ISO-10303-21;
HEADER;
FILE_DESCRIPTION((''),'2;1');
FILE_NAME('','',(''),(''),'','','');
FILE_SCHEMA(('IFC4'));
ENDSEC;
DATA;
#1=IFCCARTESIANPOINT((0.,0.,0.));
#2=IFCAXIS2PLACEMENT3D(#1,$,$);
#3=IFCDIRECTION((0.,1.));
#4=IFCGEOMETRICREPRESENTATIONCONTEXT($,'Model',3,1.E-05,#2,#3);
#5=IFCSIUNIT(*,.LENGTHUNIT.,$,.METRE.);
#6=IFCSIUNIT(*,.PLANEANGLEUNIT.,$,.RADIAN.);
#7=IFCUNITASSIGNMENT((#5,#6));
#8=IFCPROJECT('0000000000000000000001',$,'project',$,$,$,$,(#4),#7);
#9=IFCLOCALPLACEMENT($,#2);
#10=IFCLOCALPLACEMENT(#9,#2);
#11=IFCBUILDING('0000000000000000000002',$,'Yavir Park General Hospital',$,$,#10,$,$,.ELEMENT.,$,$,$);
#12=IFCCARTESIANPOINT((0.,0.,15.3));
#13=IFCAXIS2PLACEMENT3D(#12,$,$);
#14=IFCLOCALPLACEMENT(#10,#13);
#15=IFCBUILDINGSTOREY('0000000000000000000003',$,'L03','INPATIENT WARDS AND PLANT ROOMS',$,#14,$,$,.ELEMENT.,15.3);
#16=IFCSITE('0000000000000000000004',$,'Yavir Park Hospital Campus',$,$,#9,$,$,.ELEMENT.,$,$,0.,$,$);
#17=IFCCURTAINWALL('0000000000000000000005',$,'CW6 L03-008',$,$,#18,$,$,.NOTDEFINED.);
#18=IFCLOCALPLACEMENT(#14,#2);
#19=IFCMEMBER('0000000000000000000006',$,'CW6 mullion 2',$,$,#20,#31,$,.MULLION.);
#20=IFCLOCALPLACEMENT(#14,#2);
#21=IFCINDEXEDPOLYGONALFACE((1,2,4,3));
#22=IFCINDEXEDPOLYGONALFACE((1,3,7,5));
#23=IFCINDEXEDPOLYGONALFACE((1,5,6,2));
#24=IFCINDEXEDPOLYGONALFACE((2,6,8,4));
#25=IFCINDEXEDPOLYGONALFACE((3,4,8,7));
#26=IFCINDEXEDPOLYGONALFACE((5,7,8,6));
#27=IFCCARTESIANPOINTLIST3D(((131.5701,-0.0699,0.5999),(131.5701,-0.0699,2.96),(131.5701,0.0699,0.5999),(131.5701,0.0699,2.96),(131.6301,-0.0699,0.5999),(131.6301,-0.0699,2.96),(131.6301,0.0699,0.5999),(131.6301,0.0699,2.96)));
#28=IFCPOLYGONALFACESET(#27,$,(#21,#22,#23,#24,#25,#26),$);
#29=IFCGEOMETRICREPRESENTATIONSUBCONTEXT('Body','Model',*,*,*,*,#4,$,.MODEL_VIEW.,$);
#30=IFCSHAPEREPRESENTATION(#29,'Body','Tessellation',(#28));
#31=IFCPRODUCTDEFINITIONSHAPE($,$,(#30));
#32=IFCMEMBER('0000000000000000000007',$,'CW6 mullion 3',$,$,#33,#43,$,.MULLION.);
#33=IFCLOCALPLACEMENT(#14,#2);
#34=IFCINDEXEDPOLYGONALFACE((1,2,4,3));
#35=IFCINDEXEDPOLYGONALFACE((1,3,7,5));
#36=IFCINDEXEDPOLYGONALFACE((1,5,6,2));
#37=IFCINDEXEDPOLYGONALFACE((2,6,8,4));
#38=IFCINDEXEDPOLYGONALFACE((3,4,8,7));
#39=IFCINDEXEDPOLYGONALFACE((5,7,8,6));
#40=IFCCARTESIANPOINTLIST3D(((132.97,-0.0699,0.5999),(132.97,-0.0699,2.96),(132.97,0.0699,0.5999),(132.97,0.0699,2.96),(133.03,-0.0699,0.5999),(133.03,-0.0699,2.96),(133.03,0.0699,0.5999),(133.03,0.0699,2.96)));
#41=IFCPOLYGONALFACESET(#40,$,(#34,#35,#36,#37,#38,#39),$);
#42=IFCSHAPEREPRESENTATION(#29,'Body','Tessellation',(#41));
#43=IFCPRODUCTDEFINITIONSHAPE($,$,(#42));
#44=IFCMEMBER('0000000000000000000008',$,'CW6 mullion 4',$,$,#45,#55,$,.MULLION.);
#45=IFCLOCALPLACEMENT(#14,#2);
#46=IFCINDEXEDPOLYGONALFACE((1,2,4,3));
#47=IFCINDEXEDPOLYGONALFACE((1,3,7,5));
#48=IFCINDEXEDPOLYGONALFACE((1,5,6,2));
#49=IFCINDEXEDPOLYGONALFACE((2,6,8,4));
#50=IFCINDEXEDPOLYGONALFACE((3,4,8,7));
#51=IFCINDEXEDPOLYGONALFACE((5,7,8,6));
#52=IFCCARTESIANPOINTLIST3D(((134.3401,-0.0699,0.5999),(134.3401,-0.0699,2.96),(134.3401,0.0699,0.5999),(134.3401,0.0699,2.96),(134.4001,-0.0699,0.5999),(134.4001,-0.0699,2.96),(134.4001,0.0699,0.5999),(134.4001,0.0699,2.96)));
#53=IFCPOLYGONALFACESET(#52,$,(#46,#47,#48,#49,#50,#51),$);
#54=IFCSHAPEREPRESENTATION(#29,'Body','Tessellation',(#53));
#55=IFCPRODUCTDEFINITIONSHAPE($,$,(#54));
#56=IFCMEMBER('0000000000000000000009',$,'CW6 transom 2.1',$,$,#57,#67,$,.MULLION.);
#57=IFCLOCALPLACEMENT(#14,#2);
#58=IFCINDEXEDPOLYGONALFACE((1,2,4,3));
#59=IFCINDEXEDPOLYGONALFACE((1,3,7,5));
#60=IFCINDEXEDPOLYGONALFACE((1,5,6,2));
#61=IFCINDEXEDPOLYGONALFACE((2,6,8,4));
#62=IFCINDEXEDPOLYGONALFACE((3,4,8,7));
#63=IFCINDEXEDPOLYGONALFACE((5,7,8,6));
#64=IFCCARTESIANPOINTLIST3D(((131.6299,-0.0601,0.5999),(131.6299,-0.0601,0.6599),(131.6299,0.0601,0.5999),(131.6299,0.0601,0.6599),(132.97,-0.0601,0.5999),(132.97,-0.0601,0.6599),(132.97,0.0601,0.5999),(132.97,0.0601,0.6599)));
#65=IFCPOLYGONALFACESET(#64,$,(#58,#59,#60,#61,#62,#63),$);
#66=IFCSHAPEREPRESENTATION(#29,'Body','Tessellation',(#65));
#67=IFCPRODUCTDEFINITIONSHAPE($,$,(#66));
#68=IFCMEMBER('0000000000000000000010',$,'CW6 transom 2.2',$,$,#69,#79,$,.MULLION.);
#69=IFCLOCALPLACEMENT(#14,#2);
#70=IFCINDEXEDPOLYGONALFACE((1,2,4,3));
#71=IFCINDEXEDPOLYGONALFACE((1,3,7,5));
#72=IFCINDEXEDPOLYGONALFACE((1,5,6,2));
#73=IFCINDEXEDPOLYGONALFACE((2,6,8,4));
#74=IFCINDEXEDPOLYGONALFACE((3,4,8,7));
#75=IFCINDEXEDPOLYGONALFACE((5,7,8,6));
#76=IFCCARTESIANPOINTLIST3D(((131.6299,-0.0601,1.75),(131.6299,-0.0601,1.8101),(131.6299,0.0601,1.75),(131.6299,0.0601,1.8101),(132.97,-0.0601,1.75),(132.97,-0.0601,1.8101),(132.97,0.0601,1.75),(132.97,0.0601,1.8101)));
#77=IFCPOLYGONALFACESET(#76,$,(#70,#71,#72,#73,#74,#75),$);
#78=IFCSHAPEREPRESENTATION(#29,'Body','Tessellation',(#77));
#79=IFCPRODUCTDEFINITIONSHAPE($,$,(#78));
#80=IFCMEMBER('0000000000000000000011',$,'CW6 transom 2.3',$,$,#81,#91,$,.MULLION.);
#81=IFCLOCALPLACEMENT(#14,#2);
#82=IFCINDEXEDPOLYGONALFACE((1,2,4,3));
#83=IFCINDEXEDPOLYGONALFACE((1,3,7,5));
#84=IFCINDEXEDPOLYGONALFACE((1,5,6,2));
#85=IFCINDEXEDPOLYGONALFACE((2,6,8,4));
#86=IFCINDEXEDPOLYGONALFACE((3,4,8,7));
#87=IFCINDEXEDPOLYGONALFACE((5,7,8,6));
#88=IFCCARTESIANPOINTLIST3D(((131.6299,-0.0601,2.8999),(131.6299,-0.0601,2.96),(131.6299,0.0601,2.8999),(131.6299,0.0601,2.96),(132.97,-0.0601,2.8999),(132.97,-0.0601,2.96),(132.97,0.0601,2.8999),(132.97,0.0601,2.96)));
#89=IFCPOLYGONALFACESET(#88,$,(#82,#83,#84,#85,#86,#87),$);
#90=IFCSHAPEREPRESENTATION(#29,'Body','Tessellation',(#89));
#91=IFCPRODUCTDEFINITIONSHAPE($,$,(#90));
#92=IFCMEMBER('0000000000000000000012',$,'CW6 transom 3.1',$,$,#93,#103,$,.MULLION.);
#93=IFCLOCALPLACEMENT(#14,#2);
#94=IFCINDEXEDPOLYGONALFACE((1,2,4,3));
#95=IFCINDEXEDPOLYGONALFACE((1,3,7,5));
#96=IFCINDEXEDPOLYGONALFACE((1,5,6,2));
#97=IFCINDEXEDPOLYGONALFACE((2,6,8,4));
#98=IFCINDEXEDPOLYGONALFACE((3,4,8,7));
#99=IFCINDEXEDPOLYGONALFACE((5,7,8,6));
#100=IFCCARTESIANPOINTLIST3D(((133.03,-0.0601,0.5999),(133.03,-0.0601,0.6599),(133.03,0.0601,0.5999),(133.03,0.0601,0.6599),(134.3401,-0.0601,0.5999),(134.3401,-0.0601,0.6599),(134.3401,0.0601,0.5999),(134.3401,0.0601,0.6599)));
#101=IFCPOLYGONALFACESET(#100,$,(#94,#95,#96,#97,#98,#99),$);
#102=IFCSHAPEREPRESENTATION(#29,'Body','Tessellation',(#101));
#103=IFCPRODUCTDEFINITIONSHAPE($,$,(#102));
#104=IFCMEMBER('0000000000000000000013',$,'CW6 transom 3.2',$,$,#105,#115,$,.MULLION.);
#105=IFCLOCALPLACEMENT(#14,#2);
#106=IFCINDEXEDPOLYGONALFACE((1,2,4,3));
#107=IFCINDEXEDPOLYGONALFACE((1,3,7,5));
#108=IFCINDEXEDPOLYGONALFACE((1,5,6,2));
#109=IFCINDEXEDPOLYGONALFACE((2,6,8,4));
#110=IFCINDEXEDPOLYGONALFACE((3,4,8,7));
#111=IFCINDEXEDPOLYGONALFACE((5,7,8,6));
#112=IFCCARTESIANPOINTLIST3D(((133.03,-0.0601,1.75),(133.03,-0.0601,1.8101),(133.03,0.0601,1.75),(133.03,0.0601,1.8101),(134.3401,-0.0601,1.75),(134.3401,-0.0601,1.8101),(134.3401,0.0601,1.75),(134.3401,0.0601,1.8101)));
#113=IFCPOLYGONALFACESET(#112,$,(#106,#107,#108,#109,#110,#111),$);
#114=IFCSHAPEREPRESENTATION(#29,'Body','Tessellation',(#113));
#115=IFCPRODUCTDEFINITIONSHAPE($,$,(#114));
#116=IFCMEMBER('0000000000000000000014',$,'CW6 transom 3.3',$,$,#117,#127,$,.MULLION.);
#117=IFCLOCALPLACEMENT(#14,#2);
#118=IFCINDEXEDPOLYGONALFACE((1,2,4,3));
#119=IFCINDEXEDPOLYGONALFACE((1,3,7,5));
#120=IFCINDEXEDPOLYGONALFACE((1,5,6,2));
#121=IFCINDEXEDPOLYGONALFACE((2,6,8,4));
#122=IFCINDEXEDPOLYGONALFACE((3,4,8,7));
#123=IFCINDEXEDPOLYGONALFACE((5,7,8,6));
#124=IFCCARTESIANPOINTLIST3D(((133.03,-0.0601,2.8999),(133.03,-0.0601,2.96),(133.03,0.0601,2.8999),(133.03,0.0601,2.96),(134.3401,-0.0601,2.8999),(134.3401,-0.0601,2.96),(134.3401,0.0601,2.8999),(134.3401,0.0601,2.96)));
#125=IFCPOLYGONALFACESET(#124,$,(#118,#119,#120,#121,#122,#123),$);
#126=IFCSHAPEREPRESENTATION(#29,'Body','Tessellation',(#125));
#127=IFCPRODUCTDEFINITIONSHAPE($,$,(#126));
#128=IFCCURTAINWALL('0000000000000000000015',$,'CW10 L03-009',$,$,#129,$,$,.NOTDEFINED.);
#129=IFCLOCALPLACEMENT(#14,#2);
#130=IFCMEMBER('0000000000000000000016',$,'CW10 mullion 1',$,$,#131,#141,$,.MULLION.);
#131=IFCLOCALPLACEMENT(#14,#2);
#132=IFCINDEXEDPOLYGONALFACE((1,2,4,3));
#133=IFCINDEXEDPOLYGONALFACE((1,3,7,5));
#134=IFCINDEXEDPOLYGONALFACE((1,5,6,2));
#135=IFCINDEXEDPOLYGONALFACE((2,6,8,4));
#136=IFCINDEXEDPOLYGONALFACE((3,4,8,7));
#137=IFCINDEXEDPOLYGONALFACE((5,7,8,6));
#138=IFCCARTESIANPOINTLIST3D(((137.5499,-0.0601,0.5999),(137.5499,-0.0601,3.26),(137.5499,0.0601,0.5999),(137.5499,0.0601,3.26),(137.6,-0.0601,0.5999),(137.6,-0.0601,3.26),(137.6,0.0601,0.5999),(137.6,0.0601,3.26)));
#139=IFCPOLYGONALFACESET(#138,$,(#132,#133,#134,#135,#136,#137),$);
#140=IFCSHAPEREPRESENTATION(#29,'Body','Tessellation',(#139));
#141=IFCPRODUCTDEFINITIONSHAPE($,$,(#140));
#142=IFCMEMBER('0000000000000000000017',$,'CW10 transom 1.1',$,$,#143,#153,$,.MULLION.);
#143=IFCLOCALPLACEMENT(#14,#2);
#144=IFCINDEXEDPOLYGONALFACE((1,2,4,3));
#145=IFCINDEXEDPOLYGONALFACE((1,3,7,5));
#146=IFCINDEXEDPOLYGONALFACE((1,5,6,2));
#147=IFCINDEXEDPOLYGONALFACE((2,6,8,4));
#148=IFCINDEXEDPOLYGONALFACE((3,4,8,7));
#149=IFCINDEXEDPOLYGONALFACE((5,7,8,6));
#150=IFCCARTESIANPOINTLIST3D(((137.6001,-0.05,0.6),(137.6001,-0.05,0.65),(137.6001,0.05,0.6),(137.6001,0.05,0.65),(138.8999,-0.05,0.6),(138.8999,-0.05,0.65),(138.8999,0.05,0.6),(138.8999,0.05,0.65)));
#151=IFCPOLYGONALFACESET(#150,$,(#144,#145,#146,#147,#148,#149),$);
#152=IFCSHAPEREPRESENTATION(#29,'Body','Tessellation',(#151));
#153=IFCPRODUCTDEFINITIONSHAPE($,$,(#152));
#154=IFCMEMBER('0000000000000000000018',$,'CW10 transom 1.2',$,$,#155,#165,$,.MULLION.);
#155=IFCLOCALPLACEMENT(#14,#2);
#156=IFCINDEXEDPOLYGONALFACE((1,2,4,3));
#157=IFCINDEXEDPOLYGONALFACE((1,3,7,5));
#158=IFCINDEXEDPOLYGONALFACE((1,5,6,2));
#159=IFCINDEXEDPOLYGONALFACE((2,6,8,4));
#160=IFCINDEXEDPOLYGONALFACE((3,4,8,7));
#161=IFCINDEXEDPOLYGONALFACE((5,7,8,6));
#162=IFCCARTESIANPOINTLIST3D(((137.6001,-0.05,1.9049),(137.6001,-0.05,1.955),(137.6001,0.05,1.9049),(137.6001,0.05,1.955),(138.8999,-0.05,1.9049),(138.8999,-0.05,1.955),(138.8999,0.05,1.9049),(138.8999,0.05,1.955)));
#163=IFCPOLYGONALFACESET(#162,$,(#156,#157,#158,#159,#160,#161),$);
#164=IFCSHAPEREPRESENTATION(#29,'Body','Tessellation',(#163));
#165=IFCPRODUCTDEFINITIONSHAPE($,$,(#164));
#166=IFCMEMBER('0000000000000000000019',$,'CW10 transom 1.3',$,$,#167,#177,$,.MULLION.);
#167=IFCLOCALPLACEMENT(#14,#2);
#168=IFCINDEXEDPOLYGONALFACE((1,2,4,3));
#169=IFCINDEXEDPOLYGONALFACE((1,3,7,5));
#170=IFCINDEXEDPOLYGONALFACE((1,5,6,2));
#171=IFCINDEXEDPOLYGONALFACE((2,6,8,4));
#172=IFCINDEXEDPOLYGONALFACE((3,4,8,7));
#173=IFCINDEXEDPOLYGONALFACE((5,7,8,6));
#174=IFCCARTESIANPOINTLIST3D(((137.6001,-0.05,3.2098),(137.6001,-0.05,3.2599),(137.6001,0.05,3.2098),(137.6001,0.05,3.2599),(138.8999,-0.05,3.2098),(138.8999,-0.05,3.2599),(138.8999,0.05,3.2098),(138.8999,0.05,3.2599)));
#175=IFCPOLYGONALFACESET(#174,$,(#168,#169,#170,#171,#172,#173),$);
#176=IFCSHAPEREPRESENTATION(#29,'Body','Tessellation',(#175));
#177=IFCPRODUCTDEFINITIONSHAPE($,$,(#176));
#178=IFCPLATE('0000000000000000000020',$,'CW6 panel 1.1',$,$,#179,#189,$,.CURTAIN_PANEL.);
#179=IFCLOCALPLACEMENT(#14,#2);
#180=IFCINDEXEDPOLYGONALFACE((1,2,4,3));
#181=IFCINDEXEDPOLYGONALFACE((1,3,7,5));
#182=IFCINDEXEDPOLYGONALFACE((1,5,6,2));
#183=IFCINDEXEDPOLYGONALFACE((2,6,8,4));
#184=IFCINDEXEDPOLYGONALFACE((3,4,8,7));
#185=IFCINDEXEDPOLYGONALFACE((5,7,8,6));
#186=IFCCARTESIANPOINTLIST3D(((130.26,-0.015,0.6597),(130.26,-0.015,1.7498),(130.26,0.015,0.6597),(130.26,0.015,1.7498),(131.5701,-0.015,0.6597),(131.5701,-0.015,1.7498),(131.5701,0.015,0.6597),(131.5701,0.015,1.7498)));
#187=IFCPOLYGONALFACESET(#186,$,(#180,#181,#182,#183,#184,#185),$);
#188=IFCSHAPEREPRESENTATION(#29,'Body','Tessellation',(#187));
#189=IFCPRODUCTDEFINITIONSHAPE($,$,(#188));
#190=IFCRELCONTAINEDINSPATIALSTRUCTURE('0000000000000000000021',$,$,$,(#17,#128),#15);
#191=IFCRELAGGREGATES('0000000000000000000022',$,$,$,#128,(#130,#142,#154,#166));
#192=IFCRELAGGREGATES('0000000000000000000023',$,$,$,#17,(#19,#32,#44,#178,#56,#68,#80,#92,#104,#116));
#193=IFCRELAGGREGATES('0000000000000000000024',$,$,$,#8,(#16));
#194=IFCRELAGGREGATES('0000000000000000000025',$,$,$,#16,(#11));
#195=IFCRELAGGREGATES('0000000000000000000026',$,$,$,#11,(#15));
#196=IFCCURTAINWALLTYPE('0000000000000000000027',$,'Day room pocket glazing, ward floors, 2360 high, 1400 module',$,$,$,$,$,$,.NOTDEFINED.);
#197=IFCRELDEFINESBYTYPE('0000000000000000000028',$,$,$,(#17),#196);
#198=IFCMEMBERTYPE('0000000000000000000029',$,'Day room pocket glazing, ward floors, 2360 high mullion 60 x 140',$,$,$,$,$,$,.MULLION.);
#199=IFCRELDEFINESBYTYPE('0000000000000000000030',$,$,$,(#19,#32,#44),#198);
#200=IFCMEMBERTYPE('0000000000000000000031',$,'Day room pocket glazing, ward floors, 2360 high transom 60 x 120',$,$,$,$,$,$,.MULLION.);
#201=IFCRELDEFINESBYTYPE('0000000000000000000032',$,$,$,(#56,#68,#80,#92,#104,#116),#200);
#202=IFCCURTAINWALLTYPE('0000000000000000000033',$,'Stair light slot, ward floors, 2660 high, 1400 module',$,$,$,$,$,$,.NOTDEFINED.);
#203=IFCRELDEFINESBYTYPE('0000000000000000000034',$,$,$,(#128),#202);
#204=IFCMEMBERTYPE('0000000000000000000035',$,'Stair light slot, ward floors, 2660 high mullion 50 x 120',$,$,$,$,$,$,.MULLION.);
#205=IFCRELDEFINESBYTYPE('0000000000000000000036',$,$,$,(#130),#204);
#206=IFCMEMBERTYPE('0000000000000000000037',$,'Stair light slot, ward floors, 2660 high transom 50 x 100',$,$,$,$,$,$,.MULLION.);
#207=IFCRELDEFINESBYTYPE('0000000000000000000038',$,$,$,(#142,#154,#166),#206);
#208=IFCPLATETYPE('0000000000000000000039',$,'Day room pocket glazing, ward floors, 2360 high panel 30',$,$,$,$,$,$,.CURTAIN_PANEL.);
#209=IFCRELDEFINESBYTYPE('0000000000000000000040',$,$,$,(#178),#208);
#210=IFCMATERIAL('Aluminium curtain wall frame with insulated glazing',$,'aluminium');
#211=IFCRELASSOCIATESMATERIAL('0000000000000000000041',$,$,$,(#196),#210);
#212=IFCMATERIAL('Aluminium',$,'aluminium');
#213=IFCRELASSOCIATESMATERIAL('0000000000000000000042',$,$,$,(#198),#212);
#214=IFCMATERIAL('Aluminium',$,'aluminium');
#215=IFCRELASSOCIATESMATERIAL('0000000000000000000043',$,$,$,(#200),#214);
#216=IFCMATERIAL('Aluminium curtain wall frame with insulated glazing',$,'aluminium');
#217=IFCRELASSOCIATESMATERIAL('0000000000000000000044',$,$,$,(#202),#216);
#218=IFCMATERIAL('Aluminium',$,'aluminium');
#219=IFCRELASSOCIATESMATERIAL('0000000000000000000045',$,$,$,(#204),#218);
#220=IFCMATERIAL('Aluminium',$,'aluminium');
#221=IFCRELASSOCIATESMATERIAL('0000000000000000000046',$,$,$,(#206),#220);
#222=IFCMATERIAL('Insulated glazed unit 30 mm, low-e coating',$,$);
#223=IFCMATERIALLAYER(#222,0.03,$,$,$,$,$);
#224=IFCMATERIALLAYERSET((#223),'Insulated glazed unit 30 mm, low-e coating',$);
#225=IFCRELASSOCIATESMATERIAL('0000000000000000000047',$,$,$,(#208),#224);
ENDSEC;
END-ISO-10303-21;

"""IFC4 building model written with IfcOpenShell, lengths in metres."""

from ifc_helpers import new_model, si_unit, direction, frame, origin, origin_2d, place, context, subcontext, project, spatial, rectangle, extrude, material, layer, layer_set, material_profile, profile_set, type_object, element, aggregate, save


model = new_model("IFC4")

# Units and contexts
model_context = context("Model", 3, precision=1e-05, world=origin(), true_north=direction((0.0, 1.0)))
body_context = subcontext(model_context, "Body", "Model", "MODEL_VIEW")
ifc_project = project(units=[si_unit("LENGTHUNIT", "METRE"), si_unit("PLANEANGLEUNIT", "RADIAN")], contexts=[model_context])

# Site, building, storey
site_placement = place(None, origin())
site = spatial("IfcSite", under=ifc_project, at=site_placement, Name="Yavir Park Hospital Campus", CompositionType="ELEMENT", RefElevation=0.0)
building_placement = place(site_placement, origin())
building = spatial("IfcBuilding", under=site, at=building_placement, Name="Yavir Park General Hospital", CompositionType="ELEMENT")
storey_placement = place(building_placement, frame((0.0, 0.0, 15.3)))
storey = spatial("IfcBuildingStorey", under=building, at=storey_placement, Name="L03", Description="INPATIENT WARDS AND PLANT ROOMS", CompositionType="ELEMENT", Elevation=15.3)

# Curtain walls, members
ifc_material_1 = material(Name="Aluminium curtain wall frame with insulated glazing", Category="aluminium")
curtain_wall_type_1 = type_object("IfcCurtainWallType", Name="Day room pocket glazing, ward floors, 2360 high, 1400 module", PredefinedType="NOTDEFINED", material=ifc_material_1)
curtain_wall_1_placement = place(storey_placement, origin())
curtain_wall_1 = element("IfcCurtainWall", 1, at=curtain_wall_1_placement, inside=storey, type_object=curtain_wall_type_1, Name="CW6 L03-008", PredefinedType="NOTDEFINED")
ifc_material_2 = material(Name="Aluminium", Category="aluminium")
ifc_material_profile_1 = material_profile(ifc_material_2, rectangle(XDim=0.1399, YDim=0.0601, at=origin_2d()), Name="AL 60x140")
ifc_profile_set_1 = profile_set([ifc_material_profile_1], Name="Aluminium")
member_type_1 = type_object("IfcMemberType", Name="Day room pocket glazing, ward floors, 2360 high mullion 60 x 140", PredefinedType="MULLION", material=ifc_profile_set_1)
member_1_placement = place(storey_placement, frame((131.6001, 0.0, 0.5999), z_axis=(0.0, 0.0, 1.0), x_axis=(0.0, 1.0, 0.0)))
member_1 = element("IfcMember", 2, at=member_1_placement, type_object=member_type_1, Name="CW6 mullion 2", PredefinedType="MULLION", context=body_context, shape_type="SweptSolid", body=[
    extrude(rectangle(XDim=0.1399, YDim=0.0601, at=origin_2d()), origin(), (0.0, 0.0, 1.0), 2.3601),
])
member_2_placement = place(storey_placement, frame((133.0, 0.0, 0.5999), z_axis=(0.0, 0.0, 1.0), x_axis=(0.0, 1.0, 0.0)))
member_2 = element("IfcMember", 3, at=member_2_placement, type_object=member_type_1, Name="CW6 mullion 3", PredefinedType="MULLION", context=body_context, shape_type="SweptSolid", body=[
    extrude(rectangle(XDim=0.1399, YDim=0.0601, at=origin_2d()), origin(), (0.0, 0.0, 1.0), 2.3601),
])
member_3_placement = place(storey_placement, frame((134.3701, 0.0, 0.5999), z_axis=(0.0, 0.0, 1.0), x_axis=(0.0, 1.0, 0.0)))
member_3 = element("IfcMember", 4, at=member_3_placement, type_object=member_type_1, Name="CW6 mullion 4", PredefinedType="MULLION", context=body_context, shape_type="SweptSolid", body=[
    extrude(rectangle(XDim=0.1399, YDim=0.0601, at=origin_2d()), origin(), (0.0, 0.0, 1.0), 2.3601),
])
ifc_material_3 = material(Name="Aluminium", Category="aluminium")
ifc_material_profile_2 = material_profile(ifc_material_3, rectangle(XDim=0.1201, YDim=0.0601, at=origin_2d()), Name="AL 120x60")
ifc_profile_set_2 = profile_set([ifc_material_profile_2], Name="Aluminium")
member_type_2 = type_object("IfcMemberType", Name="Day room pocket glazing, ward floors, 2360 high transom 60 x 120", PredefinedType="MULLION", material=ifc_profile_set_2)
member_4_placement = place(storey_placement, frame((131.6299, 0.0, 0.6299), z_axis=(1.0, 0.0, 0.0), x_axis=(0.0, 1.0, 0.0)))
member_4 = element("IfcMember", 5, at=member_4_placement, type_object=member_type_2, Name="CW6 transom 2.1", PredefinedType="MULLION", context=body_context, shape_type="SweptSolid", body=[
    extrude(rectangle(XDim=0.1201, YDim=0.0601, at=origin_2d()), origin(), (0.0, 0.0, 1.0), 1.3401),
])
member_5_placement = place(storey_placement, frame((131.6299, 0.0, 1.78), z_axis=(1.0, 0.0, 0.0), x_axis=(0.0, 1.0, 0.0)))
member_5 = element("IfcMember", 6, at=member_5_placement, type_object=member_type_2, Name="CW6 transom 2.2", PredefinedType="MULLION", context=body_context, shape_type="SweptSolid", body=[
    extrude(rectangle(XDim=0.1201, YDim=0.0601, at=origin_2d()), origin(), (0.0, 0.0, 1.0), 1.3401),
])
member_6_placement = place(storey_placement, frame((131.6299, 0.0, 2.9299), z_axis=(1.0, 0.0, 0.0), x_axis=(0.0, 1.0, 0.0)))
member_6 = element("IfcMember", 7, at=member_6_placement, type_object=member_type_2, Name="CW6 transom 2.3", PredefinedType="MULLION", context=body_context, shape_type="SweptSolid", body=[
    extrude(rectangle(XDim=0.1201, YDim=0.0601, at=origin_2d()), origin(), (0.0, 0.0, 1.0), 1.3401),
])
member_7_placement = place(storey_placement, frame((133.03, 0.0, 0.6299), z_axis=(1.0, 0.0, 0.0), x_axis=(0.0, 1.0, 0.0)))
member_7 = element("IfcMember", 8, at=member_7_placement, type_object=member_type_2, Name="CW6 transom 3.1", PredefinedType="MULLION", context=body_context, shape_type="SweptSolid", body=[
    extrude(rectangle(XDim=0.1201, YDim=0.0601, at=origin_2d()), origin(), (0.0, 0.0, 1.0), 1.3101),
])
member_8_placement = place(storey_placement, frame((133.03, 0.0, 1.78), z_axis=(1.0, 0.0, 0.0), x_axis=(0.0, 1.0, 0.0)))
member_8 = element("IfcMember", 9, at=member_8_placement, type_object=member_type_2, Name="CW6 transom 3.2", PredefinedType="MULLION", context=body_context, shape_type="SweptSolid", body=[
    extrude(rectangle(XDim=0.1201, YDim=0.0601, at=origin_2d()), origin(), (0.0, 0.0, 1.0), 1.3101),
])
member_9_placement = place(storey_placement, frame((133.03, 0.0, 2.9299), z_axis=(1.0, 0.0, 0.0), x_axis=(0.0, 1.0, 0.0)))
member_9 = element("IfcMember", 10, at=member_9_placement, type_object=member_type_2, Name="CW6 transom 3.3", PredefinedType="MULLION", context=body_context, shape_type="SweptSolid", body=[
    extrude(rectangle(XDim=0.1201, YDim=0.0601, at=origin_2d()), origin(), (0.0, 0.0, 1.0), 1.3101),
])
ifc_material_4 = material(Name="Aluminium curtain wall frame with insulated glazing", Category="aluminium")
curtain_wall_type_2 = type_object("IfcCurtainWallType", Name="Stair light slot, ward floors, 2660 high, 1400 module", PredefinedType="NOTDEFINED", material=ifc_material_4)
curtain_wall_2_placement = place(storey_placement, origin())
curtain_wall_2 = element("IfcCurtainWall", 11, at=curtain_wall_2_placement, inside=storey, type_object=curtain_wall_type_2, Name="CW10 L03-009", PredefinedType="NOTDEFINED")
ifc_material_5 = material(Name="Aluminium", Category="aluminium")
ifc_material_profile_3 = material_profile(ifc_material_5, rectangle(XDim=0.1201, YDim=0.05, at=origin_2d()), Name="AL 50x120")
ifc_profile_set_3 = profile_set([ifc_material_profile_3], Name="Aluminium")
member_type_3 = type_object("IfcMemberType", Name="Stair light slot, ward floors, 2660 high mullion 50 x 120", PredefinedType="MULLION", material=ifc_profile_set_3)
member_10_placement = place(storey_placement, frame((137.575, 0.0, 0.5999), z_axis=(0.0, 0.0, 1.0), x_axis=(0.0, 1.0, 0.0)))
member_10 = element("IfcMember", 12, at=member_10_placement, type_object=member_type_3, Name="CW10 mullion 1", PredefinedType="MULLION", context=body_context, shape_type="SweptSolid", body=[
    extrude(rectangle(XDim=0.1201, YDim=0.05, at=origin_2d()), origin(), (0.0, 0.0, 1.0), 2.6602),
])
ifc_material_6 = material(Name="Aluminium", Category="aluminium")
ifc_material_profile_4 = material_profile(ifc_material_6, rectangle(XDim=0.1001, YDim=0.05, at=origin_2d()), Name="AL 100x50")
ifc_profile_set_4 = profile_set([ifc_material_profile_4], Name="Aluminium")
member_type_4 = type_object("IfcMemberType", Name="Stair light slot, ward floors, 2660 high transom 50 x 100", PredefinedType="MULLION", material=ifc_profile_set_4)
member_11_placement = place(storey_placement, frame((137.6001, 0.0, 0.625), z_axis=(1.0, 0.0, 0.0), x_axis=(0.0, 1.0, 0.0)))
member_11 = element("IfcMember", 13, at=member_11_placement, type_object=member_type_4, Name="CW10 transom 1.1", PredefinedType="MULLION", context=body_context, shape_type="SweptSolid", body=[
    extrude(rectangle(XDim=0.1001, YDim=0.05, at=origin_2d()), origin(), (0.0, 0.0, 1.0), 1.2998),
])
member_12_placement = place(storey_placement, frame((137.6001, 0.0, 1.9299), z_axis=(1.0, 0.0, 0.0), x_axis=(0.0, 1.0, 0.0)))
member_12 = element("IfcMember", 14, at=member_12_placement, type_object=member_type_4, Name="CW10 transom 1.2", PredefinedType="MULLION", context=body_context, shape_type="SweptSolid", body=[
    extrude(rectangle(XDim=0.1001, YDim=0.05, at=origin_2d()), origin(), (0.0, 0.0, 1.0), 1.2998),
])
member_13_placement = place(storey_placement, frame((137.6001, 0.0, 3.2349), z_axis=(1.0, 0.0, 0.0), x_axis=(0.0, 1.0, 0.0)))
member_13 = element("IfcMember", 15, at=member_13_placement, type_object=member_type_4, Name="CW10 transom 1.3", PredefinedType="MULLION", context=body_context, shape_type="SweptSolid", body=[
    extrude(rectangle(XDim=0.1001, YDim=0.05, at=origin_2d()), origin(), (0.0, 0.0, 1.0), 1.2998),
])
aggregate(curtain_wall_2, [member_10, member_11, member_12, member_13])

# Plate
ifc_material_7 = material(Name="Insulated glazed unit 30 mm, low-e coating")
ifc_layer_1 = layer(ifc_material_7, 0.03)
ifc_layer_set_1 = layer_set([ifc_layer_1], Name="Insulated glazed unit 30 mm, low-e coating")
plate_type = type_object("IfcPlateType", Name="Day room pocket glazing, ward floors, 2360 high panel 30", PredefinedType="CURTAIN_PANEL", material=ifc_layer_set_1)
plate_1_placement = place(storey_placement, frame((130.915, 0.0, 0.6597), z_axis=(0.0, 0.0, 1.0), x_axis=(1.0, 0.0, 0.0)))
plate_1 = element("IfcPlate", 16, at=plate_1_placement, type_object=plate_type, Name="CW6 panel 1.1", PredefinedType="CURTAIN_PANEL", context=body_context, shape_type="SweptSolid", body=[
    extrude(rectangle(XDim=1.3101, YDim=0.03, at=origin_2d()), origin(), (0.0, 0.0, 1.0), 1.0901),
])
aggregate(curtain_wall_1, [member_1, member_2, member_3, plate_1, member_4, member_5, member_6, member_7, member_8, member_9])

save(model, "model.ifc")
